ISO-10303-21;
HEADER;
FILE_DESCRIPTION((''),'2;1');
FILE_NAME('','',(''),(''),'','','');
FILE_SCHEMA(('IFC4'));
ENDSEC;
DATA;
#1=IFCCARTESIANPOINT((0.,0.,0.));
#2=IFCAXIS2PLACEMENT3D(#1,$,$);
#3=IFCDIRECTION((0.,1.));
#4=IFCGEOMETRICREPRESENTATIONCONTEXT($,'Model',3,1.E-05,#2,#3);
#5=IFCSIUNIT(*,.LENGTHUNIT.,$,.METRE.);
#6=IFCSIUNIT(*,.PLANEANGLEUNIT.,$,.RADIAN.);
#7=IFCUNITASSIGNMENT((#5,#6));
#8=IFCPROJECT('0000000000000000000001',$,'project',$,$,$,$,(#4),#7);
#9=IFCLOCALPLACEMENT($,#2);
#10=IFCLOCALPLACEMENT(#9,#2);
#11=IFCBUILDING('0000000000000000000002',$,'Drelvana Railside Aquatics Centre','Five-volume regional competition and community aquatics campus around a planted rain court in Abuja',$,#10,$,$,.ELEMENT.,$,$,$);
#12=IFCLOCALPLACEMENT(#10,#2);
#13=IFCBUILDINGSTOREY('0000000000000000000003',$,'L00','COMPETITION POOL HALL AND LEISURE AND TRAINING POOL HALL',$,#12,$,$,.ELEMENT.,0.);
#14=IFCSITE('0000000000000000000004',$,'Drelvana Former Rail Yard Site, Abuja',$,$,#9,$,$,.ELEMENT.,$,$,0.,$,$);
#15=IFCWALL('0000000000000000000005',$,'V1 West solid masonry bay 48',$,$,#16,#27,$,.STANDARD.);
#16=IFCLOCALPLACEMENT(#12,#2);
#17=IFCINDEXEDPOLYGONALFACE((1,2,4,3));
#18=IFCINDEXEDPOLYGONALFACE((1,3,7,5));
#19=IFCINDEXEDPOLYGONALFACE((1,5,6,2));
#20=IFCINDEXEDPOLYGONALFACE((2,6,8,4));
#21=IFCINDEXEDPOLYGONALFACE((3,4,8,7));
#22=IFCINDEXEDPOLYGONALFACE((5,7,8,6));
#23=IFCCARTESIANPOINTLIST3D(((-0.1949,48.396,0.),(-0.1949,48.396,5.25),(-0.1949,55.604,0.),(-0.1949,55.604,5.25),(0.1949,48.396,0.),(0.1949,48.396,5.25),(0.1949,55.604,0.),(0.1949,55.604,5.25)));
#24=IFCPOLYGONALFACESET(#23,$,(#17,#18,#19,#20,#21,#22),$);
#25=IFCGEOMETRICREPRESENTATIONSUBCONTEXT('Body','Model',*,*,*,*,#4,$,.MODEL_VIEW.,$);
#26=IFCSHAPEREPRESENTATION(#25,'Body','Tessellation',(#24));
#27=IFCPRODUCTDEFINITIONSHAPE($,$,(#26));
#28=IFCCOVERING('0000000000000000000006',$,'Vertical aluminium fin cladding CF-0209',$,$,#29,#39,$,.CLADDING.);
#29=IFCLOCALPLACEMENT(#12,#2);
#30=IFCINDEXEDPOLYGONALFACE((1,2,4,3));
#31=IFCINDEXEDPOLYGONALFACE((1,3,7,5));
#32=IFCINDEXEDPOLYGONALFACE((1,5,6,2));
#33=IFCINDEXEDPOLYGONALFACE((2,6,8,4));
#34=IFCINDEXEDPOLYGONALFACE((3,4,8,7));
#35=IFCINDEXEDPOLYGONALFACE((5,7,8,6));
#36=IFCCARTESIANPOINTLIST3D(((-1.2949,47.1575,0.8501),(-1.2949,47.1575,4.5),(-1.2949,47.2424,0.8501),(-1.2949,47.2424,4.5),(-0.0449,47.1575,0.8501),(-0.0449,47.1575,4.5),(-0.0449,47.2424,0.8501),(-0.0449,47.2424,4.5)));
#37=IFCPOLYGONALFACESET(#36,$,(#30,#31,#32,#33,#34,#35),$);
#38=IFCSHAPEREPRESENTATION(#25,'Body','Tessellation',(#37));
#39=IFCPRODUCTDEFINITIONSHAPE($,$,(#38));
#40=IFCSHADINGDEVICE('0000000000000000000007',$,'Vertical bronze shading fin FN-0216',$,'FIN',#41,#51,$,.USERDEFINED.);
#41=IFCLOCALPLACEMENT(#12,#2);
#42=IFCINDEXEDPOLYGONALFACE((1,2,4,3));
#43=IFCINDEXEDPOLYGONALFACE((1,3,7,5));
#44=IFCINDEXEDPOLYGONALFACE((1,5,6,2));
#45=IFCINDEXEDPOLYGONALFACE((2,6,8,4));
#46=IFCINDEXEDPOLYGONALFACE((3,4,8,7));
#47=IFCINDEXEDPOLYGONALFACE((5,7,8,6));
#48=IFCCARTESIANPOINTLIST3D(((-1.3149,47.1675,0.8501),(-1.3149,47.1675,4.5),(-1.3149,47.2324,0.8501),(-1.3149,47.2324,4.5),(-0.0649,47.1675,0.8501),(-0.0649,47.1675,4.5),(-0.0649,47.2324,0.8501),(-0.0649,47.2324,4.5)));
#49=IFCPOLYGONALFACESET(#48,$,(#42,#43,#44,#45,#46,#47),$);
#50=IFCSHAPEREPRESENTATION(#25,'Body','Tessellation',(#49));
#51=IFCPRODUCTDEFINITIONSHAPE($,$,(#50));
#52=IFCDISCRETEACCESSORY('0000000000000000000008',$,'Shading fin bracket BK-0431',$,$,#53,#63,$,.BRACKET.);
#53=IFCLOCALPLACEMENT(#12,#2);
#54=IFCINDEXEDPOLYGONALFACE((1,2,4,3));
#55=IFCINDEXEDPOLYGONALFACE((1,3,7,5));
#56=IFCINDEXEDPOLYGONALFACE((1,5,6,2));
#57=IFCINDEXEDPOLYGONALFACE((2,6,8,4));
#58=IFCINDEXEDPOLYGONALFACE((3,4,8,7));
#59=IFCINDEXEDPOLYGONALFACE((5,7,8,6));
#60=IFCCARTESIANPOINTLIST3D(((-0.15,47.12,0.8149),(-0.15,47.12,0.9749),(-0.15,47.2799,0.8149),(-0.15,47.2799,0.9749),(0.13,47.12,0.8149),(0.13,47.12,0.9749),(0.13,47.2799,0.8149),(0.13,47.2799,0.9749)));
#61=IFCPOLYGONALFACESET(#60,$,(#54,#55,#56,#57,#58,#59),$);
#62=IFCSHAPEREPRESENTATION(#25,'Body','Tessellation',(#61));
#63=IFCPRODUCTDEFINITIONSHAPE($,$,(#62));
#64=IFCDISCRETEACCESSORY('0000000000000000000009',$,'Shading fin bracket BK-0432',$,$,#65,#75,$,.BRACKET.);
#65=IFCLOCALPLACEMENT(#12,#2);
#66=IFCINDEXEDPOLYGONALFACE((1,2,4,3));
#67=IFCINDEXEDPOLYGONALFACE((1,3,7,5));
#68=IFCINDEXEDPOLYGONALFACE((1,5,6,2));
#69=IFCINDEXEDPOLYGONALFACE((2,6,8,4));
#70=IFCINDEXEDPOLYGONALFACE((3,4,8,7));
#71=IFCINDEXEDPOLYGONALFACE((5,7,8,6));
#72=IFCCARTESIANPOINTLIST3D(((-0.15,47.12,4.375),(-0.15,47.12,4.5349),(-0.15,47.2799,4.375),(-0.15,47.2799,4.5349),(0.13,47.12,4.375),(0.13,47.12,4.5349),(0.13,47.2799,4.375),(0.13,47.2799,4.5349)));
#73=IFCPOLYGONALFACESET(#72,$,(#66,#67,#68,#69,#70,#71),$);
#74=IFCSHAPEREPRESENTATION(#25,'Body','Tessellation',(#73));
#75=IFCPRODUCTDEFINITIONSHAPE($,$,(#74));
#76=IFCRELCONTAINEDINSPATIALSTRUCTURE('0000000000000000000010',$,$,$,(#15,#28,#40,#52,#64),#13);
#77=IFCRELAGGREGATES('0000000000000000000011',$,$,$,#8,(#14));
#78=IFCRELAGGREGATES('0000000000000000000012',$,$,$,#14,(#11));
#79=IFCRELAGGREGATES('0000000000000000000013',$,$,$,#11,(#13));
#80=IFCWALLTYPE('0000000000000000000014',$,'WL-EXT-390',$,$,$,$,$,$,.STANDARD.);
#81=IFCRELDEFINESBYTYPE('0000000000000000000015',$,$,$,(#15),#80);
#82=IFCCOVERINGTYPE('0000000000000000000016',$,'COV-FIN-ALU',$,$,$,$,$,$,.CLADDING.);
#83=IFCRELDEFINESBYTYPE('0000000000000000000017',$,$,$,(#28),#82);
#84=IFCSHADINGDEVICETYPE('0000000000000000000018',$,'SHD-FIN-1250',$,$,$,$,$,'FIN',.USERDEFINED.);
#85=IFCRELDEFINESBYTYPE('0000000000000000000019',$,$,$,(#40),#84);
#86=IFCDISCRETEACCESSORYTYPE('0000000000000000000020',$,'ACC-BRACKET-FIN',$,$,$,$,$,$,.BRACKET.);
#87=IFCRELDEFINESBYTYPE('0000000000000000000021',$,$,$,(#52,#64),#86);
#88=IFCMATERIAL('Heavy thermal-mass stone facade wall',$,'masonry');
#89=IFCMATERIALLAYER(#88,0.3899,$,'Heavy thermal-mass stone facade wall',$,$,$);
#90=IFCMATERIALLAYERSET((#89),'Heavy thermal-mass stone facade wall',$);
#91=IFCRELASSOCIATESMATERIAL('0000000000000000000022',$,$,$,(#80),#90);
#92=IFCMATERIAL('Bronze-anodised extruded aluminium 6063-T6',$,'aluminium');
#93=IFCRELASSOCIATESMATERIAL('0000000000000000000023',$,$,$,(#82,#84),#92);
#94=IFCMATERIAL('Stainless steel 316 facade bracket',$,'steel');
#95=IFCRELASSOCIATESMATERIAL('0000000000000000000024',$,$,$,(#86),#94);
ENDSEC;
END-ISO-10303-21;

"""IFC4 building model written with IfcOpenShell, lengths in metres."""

from ifc_helpers import new_model, si_unit, direction, frame, frame_2d, origin, origin_2d, place, context, subcontext, project, spatial, rectangle, extrude, material, layer, layer_set, type_object, element, save


model = new_model("IFC4")

# Units and contexts
model_context = context("Model", 3, precision=1e-05, world=origin(), true_north=direction((0.0, 1.0)))
body_context = subcontext(model_context, "Body", "Model", "MODEL_VIEW")
ifc_project = project(units=[si_unit("LENGTHUNIT", "METRE"), si_unit("PLANEANGLEUNIT", "RADIAN")], contexts=[model_context])

# Site, building, storey
site_placement = place(None, origin())
site = spatial("IfcSite", under=ifc_project, at=site_placement, Name="Drelvana Former Rail Yard Site, Abuja", CompositionType="ELEMENT", RefElevation=0.0)
building_placement = place(site_placement, origin())
building = spatial("IfcBuilding", under=site, at=building_placement, Name="Drelvana Railside Aquatics Centre", Description="Five-volume regional competition and community aquatics campus around a planted rain court in Abuja", CompositionType="ELEMENT")
storey_placement = place(building_placement, origin())
storey = spatial("IfcBuildingStorey", under=building, at=storey_placement, Name="L00", Description="COMPETITION POOL HALL AND LEISURE AND TRAINING POOL HALL", CompositionType="ELEMENT", Elevation=0.0)

# Wall
ifc_material_1 = material(Name="Heavy thermal-mass stone facade wall", Category="masonry")
ifc_layer_1 = layer(ifc_material_1, 0.3899, Name="Heavy thermal-mass stone facade wall")
ifc_layer_set_1 = layer_set([ifc_layer_1], Name="Heavy thermal-mass stone facade wall")
wall_type = type_object("IfcWallType", Name="WL-EXT-390", PredefinedType="STANDARD", material=ifc_layer_set_1)
wall_placement = place(storey_placement, frame((0.0, 48.396, 0.0), z_axis=(0.0, 0.0, 1.0), x_axis=(0.0, 1.0, 0.0)))
element("IfcWall", 1, at=wall_placement, inside=storey, type_object=wall_type, Name="V1 West solid masonry bay 48", PredefinedType="STANDARD", context=body_context, shape_type="SweptSolid", body=[
    extrude(rectangle(XDim=7.208, YDim=0.3899, at=frame_2d((3.604, 0.0))), origin(), (0.0, 0.0, 1.0), 5.25),
])

# Covering
ifc_material_2 = material(Name="Bronze-anodised extruded aluminium 6063-T6", Category="aluminium")
covering_type = type_object("IfcCoveringType", Name="COV-FIN-ALU", PredefinedType="CLADDING", material=ifc_material_2)
covering_placement = place(storey_placement, frame((-0.6699, 47.2, 0.8501), z_axis=(0.0, 0.0, 1.0), x_axis=(0.0, 1.0, 0.0)))
element("IfcCovering", 2, at=covering_placement, inside=storey, type_object=covering_type, Name="Vertical aluminium fin cladding CF-0209", PredefinedType="CLADDING", context=body_context, shape_type="SweptSolid", body=[
    extrude(rectangle(XDim=0.085, YDim=1.25, at=origin_2d()), origin(), (0.0, 0.0, 1.0), 3.6499),
])

# Shading device
shading_device_type = type_object("IfcShadingDeviceType", Name="SHD-FIN-1250", ElementType="FIN", PredefinedType="USERDEFINED", material=ifc_material_2)
shading_device_placement = place(storey_placement, frame((-0.6899, 47.2, 0.8501), z_axis=(0.0, 0.0, 1.0), x_axis=(-1.0, 0.0, 0.0)))
element("IfcShadingDevice", 3, at=shading_device_placement, inside=storey, type_object=shading_device_type, Name="Vertical bronze shading fin FN-0216", ObjectType="FIN", PredefinedType="USERDEFINED", context=body_context, shape_type="SweptSolid", body=[
    extrude(rectangle(XDim=1.25, YDim=0.0649, at=origin_2d()), origin(), (0.0, 0.0, 1.0), 3.6499),
])

# Discrete accessories
ifc_material_3 = material(Name="Stainless steel 316 facade bracket", Category="steel")
discrete_accessory_type = type_object("IfcDiscreteAccessoryType", Name="ACC-BRACKET-FIN", PredefinedType="BRACKET", material=ifc_material_3)
for number, where, z_axis, x_axis, name in (
    (4, (-0.01, 47.2, 0.8149), (0.0, 0.0, 1.0), (-1.0, 0.0, 0.0), "Shading fin bracket BK-0431"),
    (5, (-0.01, 47.2, 4.375), (0.0, 0.0, 1.0), (-1.0, 0.0, 0.0), "Shading fin bracket BK-0432"),
):
    element("IfcDiscreteAccessory", number, at=place(storey_placement, frame(where, z_axis=z_axis, x_axis=x_axis)), inside=storey, type_object=discrete_accessory_type, Name=name, PredefinedType="BRACKET", context=body_context, shape_type="SweptSolid", body=[
        extrude(rectangle(XDim=0.28, YDim=0.1599, at=origin_2d()), origin(), (0.0, 0.0, 1.0), 0.1599),
    ])

save(model, "model.ifc")
